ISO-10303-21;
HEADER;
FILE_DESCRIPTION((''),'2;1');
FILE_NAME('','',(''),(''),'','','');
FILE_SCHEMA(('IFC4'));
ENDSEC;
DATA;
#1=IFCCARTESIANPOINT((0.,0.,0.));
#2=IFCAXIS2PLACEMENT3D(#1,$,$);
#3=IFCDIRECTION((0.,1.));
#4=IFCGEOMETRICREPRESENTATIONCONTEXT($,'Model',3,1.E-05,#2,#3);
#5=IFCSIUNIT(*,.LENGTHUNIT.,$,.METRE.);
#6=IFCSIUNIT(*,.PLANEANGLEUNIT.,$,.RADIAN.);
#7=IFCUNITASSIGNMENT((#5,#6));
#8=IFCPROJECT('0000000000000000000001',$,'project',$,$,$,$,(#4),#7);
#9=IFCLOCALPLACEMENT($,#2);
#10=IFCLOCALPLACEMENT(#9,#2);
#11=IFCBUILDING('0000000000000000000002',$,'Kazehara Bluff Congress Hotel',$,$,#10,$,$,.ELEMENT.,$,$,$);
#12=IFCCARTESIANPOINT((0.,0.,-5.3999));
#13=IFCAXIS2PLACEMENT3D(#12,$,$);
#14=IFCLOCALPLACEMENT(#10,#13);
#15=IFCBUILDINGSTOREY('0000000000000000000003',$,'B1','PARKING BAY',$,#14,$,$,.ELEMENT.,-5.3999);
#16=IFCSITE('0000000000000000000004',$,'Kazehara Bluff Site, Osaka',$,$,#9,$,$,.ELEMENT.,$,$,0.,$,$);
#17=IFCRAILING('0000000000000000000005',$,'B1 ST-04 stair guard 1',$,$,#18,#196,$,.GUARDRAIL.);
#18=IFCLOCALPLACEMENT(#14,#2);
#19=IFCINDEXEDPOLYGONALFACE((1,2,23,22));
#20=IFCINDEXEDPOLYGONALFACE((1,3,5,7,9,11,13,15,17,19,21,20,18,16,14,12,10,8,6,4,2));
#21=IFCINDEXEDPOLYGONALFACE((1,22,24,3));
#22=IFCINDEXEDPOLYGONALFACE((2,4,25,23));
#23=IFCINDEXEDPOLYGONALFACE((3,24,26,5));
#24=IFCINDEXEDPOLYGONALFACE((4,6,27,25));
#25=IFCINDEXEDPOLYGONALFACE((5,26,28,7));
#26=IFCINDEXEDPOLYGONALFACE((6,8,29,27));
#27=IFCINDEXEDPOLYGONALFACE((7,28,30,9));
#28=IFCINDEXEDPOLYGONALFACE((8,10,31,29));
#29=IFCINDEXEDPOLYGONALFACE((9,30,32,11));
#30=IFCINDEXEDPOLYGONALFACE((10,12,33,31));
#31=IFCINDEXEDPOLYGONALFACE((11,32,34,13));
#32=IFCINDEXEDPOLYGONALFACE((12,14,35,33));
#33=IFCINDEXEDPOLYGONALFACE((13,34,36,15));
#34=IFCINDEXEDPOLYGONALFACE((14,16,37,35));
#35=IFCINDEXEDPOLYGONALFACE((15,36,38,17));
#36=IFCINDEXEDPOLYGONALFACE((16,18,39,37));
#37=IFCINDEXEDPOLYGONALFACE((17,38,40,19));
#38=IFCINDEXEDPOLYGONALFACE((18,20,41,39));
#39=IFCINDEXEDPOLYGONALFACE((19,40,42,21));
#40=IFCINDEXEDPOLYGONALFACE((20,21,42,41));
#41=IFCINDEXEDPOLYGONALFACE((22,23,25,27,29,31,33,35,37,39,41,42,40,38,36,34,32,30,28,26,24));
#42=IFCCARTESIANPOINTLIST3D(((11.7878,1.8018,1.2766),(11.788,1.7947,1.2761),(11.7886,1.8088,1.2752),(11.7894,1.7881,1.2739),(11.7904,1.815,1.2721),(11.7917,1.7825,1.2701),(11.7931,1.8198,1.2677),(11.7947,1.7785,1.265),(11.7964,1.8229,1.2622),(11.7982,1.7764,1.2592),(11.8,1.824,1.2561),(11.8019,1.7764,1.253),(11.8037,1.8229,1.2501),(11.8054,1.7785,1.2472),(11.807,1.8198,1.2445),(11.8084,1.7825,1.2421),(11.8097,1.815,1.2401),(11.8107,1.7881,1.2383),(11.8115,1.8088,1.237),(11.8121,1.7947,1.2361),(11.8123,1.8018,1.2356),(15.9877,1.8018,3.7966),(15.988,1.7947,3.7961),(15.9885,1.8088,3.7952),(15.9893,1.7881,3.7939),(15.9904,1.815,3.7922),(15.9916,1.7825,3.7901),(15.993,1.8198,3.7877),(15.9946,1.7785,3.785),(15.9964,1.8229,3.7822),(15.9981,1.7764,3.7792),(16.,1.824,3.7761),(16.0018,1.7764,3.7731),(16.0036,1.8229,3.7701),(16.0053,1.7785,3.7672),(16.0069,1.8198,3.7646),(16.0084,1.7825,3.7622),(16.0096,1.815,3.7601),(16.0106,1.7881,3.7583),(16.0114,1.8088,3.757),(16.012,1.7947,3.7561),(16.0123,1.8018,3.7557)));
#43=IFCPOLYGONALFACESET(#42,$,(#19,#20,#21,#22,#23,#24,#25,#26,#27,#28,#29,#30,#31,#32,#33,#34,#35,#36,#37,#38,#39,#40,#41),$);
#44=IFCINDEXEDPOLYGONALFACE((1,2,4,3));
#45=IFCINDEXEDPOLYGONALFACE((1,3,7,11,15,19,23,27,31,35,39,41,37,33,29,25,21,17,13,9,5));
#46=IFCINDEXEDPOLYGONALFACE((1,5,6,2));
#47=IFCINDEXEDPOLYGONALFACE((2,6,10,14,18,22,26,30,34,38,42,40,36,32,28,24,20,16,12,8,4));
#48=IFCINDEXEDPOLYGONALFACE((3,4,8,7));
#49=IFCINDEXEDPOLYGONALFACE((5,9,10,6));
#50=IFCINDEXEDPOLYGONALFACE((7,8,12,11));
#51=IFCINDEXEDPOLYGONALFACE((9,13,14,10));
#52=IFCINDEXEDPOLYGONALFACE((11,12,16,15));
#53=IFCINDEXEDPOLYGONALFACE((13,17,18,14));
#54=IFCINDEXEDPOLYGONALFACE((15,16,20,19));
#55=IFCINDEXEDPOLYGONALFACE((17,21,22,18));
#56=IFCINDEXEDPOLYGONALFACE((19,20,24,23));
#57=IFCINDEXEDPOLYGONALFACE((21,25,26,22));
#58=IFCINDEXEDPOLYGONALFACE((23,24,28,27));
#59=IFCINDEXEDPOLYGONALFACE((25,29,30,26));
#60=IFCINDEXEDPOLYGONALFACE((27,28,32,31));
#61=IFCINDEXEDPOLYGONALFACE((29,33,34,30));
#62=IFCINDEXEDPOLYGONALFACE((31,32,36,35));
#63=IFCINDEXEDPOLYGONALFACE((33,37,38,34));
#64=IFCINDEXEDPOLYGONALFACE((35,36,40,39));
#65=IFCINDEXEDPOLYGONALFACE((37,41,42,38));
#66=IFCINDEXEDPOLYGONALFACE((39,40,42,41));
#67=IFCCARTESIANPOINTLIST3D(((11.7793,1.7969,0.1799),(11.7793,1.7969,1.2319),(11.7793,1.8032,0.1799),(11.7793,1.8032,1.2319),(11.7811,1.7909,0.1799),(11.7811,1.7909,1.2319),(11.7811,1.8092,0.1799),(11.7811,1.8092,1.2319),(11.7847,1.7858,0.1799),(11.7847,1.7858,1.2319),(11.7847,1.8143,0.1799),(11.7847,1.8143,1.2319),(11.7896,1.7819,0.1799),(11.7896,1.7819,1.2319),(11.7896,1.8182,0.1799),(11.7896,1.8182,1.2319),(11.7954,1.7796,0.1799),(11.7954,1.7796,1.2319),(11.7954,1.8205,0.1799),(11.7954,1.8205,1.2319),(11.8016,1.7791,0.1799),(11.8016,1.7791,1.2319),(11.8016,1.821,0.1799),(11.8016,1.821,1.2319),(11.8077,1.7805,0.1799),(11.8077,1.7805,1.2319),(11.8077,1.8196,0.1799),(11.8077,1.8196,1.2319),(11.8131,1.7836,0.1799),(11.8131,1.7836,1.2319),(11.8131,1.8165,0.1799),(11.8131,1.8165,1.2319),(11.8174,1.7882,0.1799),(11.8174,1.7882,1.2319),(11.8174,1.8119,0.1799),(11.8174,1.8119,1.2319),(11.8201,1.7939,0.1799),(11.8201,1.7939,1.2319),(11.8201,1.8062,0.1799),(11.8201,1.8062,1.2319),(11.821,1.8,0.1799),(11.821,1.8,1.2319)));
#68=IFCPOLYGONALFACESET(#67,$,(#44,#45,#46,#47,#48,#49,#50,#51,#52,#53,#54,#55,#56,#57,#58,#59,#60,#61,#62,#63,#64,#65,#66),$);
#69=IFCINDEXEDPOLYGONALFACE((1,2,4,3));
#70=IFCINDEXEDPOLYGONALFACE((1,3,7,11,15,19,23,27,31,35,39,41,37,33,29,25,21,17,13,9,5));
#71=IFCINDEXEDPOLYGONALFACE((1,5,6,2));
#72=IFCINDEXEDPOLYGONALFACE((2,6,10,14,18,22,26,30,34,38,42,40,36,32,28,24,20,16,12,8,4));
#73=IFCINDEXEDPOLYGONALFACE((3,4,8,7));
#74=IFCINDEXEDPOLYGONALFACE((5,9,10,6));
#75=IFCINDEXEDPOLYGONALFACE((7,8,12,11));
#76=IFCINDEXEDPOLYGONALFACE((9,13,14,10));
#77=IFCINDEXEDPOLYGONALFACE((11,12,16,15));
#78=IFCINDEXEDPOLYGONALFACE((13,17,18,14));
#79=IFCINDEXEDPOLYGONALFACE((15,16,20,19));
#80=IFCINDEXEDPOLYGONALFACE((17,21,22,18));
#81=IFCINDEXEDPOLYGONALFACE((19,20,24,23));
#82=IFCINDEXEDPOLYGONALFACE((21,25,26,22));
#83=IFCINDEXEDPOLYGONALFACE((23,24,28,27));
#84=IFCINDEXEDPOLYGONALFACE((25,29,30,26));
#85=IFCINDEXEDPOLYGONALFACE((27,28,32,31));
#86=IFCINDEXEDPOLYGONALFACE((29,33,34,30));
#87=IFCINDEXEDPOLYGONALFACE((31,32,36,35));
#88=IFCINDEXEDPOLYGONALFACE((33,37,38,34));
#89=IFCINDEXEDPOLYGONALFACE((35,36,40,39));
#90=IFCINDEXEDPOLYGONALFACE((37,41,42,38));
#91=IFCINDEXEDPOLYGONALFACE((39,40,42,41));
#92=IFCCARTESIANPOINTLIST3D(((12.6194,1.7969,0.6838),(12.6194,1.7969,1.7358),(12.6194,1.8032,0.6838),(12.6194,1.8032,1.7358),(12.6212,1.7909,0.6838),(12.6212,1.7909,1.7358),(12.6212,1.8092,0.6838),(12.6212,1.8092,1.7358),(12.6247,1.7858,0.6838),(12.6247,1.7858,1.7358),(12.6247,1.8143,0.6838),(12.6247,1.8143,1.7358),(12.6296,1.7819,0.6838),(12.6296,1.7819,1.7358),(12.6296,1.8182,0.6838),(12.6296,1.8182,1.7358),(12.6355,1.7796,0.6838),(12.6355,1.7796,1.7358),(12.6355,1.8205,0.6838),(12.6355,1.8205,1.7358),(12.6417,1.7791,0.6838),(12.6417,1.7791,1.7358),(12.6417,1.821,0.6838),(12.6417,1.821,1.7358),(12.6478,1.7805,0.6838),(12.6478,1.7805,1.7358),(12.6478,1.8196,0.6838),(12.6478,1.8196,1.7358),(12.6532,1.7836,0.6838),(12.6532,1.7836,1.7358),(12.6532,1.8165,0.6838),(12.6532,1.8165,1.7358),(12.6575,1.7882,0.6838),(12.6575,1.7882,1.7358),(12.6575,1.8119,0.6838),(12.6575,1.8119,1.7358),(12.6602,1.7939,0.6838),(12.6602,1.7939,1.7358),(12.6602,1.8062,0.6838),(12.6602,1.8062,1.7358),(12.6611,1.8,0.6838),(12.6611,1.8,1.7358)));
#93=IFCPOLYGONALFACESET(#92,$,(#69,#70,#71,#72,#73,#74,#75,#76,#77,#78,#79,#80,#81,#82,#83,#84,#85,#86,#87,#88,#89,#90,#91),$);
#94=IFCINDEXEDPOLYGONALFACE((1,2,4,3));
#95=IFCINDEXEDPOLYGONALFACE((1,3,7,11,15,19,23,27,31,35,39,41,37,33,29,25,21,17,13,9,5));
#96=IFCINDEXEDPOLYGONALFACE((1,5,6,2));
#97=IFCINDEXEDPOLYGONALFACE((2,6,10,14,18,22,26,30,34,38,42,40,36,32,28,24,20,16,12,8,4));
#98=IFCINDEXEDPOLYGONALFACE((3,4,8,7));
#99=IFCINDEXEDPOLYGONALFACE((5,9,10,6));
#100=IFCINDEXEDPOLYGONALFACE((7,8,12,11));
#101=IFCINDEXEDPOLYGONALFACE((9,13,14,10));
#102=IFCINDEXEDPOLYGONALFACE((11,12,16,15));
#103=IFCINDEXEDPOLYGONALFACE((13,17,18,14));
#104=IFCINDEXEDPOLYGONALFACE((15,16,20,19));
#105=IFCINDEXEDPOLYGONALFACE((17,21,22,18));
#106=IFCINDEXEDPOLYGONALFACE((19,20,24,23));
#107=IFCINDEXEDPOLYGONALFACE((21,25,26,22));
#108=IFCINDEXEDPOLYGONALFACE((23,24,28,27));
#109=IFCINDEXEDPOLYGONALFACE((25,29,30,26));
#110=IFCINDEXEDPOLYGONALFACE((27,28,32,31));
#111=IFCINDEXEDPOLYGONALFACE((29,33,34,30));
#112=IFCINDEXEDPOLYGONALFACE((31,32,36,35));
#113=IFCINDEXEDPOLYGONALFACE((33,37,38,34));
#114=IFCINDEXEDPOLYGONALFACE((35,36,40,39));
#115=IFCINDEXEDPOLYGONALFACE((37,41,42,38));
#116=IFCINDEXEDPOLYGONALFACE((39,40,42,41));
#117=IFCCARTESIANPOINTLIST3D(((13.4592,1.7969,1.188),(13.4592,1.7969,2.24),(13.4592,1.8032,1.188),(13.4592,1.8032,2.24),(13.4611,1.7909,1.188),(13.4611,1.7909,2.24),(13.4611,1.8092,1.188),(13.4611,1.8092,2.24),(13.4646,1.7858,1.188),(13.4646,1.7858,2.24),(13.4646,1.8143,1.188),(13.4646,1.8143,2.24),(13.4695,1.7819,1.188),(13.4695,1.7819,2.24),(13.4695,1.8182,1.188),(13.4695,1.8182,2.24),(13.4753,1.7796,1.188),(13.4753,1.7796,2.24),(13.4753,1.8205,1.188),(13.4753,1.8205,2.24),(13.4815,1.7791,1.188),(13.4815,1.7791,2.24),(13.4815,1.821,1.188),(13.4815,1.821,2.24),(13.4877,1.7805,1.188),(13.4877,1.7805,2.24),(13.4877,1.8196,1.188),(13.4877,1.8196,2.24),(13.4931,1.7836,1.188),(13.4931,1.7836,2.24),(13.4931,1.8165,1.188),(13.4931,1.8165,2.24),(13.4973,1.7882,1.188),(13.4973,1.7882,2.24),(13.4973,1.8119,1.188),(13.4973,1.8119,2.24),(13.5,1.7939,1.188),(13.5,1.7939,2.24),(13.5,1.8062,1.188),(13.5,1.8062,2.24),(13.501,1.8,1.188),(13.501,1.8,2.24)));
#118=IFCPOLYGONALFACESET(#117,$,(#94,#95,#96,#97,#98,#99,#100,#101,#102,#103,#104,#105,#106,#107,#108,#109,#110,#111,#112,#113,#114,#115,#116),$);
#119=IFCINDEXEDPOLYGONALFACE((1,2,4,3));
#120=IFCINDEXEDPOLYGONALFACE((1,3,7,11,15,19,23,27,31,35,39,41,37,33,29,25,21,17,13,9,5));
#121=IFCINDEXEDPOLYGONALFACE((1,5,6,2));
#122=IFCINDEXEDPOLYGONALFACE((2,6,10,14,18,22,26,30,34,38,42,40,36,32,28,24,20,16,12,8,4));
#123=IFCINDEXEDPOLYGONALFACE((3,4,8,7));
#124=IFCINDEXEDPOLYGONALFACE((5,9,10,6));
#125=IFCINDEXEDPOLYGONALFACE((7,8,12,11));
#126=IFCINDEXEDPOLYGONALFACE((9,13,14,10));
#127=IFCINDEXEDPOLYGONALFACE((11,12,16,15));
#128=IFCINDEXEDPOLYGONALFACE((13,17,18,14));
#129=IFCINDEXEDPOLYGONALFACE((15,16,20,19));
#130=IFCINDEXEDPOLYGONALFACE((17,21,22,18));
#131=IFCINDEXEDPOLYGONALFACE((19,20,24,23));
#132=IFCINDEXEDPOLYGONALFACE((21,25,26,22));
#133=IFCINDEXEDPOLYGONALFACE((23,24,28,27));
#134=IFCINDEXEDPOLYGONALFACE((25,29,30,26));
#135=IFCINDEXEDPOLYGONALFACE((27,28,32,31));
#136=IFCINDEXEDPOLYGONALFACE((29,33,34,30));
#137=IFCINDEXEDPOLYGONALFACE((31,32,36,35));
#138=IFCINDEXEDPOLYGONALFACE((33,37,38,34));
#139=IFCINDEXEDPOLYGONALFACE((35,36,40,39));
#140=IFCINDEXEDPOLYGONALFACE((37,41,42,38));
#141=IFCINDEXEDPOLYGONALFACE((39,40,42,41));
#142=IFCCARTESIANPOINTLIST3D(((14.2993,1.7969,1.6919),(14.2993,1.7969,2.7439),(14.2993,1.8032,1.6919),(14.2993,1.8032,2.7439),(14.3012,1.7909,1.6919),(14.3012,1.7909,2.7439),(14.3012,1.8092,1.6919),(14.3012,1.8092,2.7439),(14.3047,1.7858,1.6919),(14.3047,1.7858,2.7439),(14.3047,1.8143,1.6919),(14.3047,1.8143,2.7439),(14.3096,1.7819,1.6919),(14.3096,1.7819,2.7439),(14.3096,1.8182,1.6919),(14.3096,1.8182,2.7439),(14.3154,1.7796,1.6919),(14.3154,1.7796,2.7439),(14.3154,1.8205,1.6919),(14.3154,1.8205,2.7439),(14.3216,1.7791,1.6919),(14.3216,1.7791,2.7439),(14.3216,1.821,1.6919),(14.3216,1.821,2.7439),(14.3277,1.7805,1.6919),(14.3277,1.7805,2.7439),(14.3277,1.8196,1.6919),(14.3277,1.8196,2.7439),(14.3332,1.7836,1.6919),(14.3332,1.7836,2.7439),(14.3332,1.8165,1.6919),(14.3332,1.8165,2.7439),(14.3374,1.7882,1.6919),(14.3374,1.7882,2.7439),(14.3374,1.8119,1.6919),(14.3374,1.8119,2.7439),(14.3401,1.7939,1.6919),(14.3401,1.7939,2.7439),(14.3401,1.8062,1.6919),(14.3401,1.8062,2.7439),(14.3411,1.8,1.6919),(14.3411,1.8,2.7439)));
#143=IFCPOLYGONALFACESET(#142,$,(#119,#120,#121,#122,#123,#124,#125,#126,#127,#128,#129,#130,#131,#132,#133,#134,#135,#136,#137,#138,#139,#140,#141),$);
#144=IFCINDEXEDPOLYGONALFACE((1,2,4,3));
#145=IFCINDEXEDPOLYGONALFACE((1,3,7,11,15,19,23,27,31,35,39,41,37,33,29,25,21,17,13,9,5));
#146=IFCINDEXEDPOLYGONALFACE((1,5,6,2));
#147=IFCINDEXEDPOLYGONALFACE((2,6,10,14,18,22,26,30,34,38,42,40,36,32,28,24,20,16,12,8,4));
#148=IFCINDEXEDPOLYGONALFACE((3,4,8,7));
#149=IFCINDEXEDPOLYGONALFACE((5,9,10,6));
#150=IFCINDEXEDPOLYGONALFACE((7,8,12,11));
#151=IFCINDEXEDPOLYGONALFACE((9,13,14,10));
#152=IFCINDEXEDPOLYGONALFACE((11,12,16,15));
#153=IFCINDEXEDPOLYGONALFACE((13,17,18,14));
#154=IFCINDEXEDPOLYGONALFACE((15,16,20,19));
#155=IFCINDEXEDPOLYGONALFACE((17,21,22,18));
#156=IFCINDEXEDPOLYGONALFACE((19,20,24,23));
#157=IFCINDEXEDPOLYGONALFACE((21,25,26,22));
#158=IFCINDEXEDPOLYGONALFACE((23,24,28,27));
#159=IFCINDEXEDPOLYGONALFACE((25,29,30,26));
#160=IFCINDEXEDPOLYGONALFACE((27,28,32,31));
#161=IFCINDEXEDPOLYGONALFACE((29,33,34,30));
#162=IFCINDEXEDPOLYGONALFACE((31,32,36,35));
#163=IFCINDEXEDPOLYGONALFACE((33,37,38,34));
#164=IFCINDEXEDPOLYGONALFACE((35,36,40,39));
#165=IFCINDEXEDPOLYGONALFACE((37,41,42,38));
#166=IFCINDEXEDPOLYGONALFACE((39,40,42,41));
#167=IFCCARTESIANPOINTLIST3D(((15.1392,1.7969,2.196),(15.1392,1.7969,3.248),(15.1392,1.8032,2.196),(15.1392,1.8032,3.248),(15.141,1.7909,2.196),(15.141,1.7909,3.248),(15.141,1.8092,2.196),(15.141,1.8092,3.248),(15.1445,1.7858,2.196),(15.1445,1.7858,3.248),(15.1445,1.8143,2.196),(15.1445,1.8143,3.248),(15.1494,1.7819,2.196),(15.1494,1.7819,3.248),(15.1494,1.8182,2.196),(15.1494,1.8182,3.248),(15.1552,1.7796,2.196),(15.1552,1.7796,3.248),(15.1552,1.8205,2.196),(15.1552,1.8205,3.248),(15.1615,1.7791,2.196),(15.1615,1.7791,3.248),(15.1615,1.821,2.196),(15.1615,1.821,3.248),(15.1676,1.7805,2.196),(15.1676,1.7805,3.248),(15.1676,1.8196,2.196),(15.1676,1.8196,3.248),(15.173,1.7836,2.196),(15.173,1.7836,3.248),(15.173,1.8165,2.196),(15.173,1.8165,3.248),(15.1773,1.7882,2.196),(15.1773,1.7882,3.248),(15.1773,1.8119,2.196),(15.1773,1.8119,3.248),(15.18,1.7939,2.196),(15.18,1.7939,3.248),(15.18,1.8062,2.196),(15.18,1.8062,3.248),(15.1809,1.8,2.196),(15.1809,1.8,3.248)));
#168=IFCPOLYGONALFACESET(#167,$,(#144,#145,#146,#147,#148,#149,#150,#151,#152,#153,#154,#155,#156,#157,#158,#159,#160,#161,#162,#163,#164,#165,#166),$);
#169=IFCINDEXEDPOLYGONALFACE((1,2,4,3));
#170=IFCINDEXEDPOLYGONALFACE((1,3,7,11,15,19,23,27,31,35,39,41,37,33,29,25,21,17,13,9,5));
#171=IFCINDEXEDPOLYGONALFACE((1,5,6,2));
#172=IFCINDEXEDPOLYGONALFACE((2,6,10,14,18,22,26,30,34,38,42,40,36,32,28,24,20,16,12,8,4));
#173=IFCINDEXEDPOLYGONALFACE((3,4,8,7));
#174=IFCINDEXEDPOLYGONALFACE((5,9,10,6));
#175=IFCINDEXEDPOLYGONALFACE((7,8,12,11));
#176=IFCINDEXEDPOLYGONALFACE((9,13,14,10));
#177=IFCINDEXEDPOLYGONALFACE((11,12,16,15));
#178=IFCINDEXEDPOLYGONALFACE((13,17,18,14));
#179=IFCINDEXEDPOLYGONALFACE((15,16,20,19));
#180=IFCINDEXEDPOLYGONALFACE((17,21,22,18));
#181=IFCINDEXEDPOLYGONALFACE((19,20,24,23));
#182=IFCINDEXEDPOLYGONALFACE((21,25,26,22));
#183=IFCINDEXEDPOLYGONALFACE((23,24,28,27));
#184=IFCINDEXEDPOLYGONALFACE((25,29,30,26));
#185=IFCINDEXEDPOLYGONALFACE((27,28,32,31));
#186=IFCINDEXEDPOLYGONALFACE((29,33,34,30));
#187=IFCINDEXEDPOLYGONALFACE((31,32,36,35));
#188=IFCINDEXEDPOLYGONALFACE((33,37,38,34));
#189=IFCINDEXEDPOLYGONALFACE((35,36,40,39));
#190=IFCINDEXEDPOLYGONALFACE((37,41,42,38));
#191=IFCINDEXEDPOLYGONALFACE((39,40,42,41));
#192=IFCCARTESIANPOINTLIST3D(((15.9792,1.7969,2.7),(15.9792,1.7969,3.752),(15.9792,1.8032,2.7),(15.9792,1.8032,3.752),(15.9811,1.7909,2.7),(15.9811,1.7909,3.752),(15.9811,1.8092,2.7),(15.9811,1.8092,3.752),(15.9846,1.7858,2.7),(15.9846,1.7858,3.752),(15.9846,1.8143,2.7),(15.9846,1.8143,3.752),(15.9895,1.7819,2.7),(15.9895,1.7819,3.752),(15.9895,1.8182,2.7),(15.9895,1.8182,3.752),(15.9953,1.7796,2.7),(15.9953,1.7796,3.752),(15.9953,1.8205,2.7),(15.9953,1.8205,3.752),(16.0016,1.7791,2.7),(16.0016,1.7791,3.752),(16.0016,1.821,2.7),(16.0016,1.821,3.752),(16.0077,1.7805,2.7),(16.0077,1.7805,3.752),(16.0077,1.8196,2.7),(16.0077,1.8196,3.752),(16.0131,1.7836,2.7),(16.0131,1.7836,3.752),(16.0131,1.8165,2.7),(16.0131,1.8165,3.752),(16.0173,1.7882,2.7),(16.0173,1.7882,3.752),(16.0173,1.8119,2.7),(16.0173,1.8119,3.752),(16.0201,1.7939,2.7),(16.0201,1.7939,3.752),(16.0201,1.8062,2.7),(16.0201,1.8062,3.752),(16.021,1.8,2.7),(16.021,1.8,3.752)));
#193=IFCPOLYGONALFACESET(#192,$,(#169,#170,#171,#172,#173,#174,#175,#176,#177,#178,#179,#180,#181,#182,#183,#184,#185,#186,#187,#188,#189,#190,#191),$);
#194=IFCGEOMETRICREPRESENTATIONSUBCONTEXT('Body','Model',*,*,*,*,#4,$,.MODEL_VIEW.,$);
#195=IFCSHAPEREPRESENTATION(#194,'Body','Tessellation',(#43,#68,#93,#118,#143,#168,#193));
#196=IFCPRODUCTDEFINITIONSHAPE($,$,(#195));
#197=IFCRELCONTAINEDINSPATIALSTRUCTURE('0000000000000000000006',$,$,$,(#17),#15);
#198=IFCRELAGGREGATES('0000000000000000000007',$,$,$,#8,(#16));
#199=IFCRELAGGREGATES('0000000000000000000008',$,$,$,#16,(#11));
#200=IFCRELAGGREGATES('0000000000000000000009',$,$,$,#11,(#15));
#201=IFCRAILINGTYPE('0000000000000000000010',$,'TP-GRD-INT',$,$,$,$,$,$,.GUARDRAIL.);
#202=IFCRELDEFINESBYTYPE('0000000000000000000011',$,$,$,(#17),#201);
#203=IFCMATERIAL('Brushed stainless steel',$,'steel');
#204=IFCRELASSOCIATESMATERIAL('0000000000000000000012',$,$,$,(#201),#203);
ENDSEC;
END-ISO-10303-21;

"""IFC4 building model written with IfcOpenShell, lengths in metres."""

from ifc_helpers import new_model, si_unit, direction, frame, origin, origin_2d, place, context, subcontext, project, spatial, circle, extrude, material, type_object, element, save


model = new_model("IFC4")

# Units and contexts
model_context = context("Model", 3, precision=1e-05, world=origin(), true_north=direction((0.0, 1.0)))
body_context = subcontext(model_context, "Body", "Model", "MODEL_VIEW")
ifc_project = project(units=[si_unit("LENGTHUNIT", "METRE"), si_unit("PLANEANGLEUNIT", "RADIAN")], contexts=[model_context])

# Site, building, storey
site_placement = place(None, origin())
site = spatial("IfcSite", under=ifc_project, at=site_placement, Name="Kazehara Bluff Site, Osaka", CompositionType="ELEMENT", RefElevation=0.0)
building_placement = place(site_placement, origin())
building = spatial("IfcBuilding", under=site, at=building_placement, Name="Kazehara Bluff Congress Hotel", CompositionType="ELEMENT")
storey_placement = place(building_placement, frame((0.0, 0.0, -5.3999)))
storey = spatial("IfcBuildingStorey", under=building, at=storey_placement, Name="B1", Description="PARKING BAY", CompositionType="ELEMENT", Elevation=-5.3999)

# Railing
ifc_material_1 = material(Name="Brushed stainless steel", Category="steel")
railing_type_1 = type_object("IfcRailingType", Name="TP-GRD-INT", PredefinedType="GUARDRAIL", material=ifc_material_1)
railing_1_placement = place(storey_placement, frame((11.8, 1.8, 0.1799)))
element("IfcRailing", 1, at=railing_1_placement, inside=storey, type_object=railing_type_1, Name="B1 ST-04 stair guard 1", PredefinedType="GUARDRAIL", context=body_context, shape_type="SweptSolid", body=[
    extrude(circle(Radius=0.0239, at=origin_2d()), frame((0.0, 0.0, 1.0762), z_axis=(0.857489, 0.0, 0.514503), x_axis=(0.0, 1.0, 0.0)), (0.0, 0.0, 1.0), 4.8979),
    extrude(circle(Radius=0.021, at=origin_2d()), origin(), (0.0, 0.0, 1.0), 1.052),
    extrude(circle(Radius=0.021, at=origin_2d()), frame((0.8401, 0.0, 0.5039)), (0.0, 0.0, 1.0), 1.052),
    extrude(circle(Radius=0.021, at=origin_2d()), frame((1.6799, 0.0, 1.0081)), (0.0, 0.0, 1.0), 1.052),
    extrude(circle(Radius=0.021, at=origin_2d()), frame((2.52, 0.0, 1.512)), (0.0, 0.0, 1.0), 1.052),
    extrude(circle(Radius=0.021, at=origin_2d()), frame((3.3599, 0.0, 2.0161)), (0.0, 0.0, 1.0), 1.052),
    extrude(circle(Radius=0.021, at=origin_2d()), frame((4.2, 0.0, 2.52)), (0.0, 0.0, 1.0), 1.052),
])

save(model, "model.ifc")
